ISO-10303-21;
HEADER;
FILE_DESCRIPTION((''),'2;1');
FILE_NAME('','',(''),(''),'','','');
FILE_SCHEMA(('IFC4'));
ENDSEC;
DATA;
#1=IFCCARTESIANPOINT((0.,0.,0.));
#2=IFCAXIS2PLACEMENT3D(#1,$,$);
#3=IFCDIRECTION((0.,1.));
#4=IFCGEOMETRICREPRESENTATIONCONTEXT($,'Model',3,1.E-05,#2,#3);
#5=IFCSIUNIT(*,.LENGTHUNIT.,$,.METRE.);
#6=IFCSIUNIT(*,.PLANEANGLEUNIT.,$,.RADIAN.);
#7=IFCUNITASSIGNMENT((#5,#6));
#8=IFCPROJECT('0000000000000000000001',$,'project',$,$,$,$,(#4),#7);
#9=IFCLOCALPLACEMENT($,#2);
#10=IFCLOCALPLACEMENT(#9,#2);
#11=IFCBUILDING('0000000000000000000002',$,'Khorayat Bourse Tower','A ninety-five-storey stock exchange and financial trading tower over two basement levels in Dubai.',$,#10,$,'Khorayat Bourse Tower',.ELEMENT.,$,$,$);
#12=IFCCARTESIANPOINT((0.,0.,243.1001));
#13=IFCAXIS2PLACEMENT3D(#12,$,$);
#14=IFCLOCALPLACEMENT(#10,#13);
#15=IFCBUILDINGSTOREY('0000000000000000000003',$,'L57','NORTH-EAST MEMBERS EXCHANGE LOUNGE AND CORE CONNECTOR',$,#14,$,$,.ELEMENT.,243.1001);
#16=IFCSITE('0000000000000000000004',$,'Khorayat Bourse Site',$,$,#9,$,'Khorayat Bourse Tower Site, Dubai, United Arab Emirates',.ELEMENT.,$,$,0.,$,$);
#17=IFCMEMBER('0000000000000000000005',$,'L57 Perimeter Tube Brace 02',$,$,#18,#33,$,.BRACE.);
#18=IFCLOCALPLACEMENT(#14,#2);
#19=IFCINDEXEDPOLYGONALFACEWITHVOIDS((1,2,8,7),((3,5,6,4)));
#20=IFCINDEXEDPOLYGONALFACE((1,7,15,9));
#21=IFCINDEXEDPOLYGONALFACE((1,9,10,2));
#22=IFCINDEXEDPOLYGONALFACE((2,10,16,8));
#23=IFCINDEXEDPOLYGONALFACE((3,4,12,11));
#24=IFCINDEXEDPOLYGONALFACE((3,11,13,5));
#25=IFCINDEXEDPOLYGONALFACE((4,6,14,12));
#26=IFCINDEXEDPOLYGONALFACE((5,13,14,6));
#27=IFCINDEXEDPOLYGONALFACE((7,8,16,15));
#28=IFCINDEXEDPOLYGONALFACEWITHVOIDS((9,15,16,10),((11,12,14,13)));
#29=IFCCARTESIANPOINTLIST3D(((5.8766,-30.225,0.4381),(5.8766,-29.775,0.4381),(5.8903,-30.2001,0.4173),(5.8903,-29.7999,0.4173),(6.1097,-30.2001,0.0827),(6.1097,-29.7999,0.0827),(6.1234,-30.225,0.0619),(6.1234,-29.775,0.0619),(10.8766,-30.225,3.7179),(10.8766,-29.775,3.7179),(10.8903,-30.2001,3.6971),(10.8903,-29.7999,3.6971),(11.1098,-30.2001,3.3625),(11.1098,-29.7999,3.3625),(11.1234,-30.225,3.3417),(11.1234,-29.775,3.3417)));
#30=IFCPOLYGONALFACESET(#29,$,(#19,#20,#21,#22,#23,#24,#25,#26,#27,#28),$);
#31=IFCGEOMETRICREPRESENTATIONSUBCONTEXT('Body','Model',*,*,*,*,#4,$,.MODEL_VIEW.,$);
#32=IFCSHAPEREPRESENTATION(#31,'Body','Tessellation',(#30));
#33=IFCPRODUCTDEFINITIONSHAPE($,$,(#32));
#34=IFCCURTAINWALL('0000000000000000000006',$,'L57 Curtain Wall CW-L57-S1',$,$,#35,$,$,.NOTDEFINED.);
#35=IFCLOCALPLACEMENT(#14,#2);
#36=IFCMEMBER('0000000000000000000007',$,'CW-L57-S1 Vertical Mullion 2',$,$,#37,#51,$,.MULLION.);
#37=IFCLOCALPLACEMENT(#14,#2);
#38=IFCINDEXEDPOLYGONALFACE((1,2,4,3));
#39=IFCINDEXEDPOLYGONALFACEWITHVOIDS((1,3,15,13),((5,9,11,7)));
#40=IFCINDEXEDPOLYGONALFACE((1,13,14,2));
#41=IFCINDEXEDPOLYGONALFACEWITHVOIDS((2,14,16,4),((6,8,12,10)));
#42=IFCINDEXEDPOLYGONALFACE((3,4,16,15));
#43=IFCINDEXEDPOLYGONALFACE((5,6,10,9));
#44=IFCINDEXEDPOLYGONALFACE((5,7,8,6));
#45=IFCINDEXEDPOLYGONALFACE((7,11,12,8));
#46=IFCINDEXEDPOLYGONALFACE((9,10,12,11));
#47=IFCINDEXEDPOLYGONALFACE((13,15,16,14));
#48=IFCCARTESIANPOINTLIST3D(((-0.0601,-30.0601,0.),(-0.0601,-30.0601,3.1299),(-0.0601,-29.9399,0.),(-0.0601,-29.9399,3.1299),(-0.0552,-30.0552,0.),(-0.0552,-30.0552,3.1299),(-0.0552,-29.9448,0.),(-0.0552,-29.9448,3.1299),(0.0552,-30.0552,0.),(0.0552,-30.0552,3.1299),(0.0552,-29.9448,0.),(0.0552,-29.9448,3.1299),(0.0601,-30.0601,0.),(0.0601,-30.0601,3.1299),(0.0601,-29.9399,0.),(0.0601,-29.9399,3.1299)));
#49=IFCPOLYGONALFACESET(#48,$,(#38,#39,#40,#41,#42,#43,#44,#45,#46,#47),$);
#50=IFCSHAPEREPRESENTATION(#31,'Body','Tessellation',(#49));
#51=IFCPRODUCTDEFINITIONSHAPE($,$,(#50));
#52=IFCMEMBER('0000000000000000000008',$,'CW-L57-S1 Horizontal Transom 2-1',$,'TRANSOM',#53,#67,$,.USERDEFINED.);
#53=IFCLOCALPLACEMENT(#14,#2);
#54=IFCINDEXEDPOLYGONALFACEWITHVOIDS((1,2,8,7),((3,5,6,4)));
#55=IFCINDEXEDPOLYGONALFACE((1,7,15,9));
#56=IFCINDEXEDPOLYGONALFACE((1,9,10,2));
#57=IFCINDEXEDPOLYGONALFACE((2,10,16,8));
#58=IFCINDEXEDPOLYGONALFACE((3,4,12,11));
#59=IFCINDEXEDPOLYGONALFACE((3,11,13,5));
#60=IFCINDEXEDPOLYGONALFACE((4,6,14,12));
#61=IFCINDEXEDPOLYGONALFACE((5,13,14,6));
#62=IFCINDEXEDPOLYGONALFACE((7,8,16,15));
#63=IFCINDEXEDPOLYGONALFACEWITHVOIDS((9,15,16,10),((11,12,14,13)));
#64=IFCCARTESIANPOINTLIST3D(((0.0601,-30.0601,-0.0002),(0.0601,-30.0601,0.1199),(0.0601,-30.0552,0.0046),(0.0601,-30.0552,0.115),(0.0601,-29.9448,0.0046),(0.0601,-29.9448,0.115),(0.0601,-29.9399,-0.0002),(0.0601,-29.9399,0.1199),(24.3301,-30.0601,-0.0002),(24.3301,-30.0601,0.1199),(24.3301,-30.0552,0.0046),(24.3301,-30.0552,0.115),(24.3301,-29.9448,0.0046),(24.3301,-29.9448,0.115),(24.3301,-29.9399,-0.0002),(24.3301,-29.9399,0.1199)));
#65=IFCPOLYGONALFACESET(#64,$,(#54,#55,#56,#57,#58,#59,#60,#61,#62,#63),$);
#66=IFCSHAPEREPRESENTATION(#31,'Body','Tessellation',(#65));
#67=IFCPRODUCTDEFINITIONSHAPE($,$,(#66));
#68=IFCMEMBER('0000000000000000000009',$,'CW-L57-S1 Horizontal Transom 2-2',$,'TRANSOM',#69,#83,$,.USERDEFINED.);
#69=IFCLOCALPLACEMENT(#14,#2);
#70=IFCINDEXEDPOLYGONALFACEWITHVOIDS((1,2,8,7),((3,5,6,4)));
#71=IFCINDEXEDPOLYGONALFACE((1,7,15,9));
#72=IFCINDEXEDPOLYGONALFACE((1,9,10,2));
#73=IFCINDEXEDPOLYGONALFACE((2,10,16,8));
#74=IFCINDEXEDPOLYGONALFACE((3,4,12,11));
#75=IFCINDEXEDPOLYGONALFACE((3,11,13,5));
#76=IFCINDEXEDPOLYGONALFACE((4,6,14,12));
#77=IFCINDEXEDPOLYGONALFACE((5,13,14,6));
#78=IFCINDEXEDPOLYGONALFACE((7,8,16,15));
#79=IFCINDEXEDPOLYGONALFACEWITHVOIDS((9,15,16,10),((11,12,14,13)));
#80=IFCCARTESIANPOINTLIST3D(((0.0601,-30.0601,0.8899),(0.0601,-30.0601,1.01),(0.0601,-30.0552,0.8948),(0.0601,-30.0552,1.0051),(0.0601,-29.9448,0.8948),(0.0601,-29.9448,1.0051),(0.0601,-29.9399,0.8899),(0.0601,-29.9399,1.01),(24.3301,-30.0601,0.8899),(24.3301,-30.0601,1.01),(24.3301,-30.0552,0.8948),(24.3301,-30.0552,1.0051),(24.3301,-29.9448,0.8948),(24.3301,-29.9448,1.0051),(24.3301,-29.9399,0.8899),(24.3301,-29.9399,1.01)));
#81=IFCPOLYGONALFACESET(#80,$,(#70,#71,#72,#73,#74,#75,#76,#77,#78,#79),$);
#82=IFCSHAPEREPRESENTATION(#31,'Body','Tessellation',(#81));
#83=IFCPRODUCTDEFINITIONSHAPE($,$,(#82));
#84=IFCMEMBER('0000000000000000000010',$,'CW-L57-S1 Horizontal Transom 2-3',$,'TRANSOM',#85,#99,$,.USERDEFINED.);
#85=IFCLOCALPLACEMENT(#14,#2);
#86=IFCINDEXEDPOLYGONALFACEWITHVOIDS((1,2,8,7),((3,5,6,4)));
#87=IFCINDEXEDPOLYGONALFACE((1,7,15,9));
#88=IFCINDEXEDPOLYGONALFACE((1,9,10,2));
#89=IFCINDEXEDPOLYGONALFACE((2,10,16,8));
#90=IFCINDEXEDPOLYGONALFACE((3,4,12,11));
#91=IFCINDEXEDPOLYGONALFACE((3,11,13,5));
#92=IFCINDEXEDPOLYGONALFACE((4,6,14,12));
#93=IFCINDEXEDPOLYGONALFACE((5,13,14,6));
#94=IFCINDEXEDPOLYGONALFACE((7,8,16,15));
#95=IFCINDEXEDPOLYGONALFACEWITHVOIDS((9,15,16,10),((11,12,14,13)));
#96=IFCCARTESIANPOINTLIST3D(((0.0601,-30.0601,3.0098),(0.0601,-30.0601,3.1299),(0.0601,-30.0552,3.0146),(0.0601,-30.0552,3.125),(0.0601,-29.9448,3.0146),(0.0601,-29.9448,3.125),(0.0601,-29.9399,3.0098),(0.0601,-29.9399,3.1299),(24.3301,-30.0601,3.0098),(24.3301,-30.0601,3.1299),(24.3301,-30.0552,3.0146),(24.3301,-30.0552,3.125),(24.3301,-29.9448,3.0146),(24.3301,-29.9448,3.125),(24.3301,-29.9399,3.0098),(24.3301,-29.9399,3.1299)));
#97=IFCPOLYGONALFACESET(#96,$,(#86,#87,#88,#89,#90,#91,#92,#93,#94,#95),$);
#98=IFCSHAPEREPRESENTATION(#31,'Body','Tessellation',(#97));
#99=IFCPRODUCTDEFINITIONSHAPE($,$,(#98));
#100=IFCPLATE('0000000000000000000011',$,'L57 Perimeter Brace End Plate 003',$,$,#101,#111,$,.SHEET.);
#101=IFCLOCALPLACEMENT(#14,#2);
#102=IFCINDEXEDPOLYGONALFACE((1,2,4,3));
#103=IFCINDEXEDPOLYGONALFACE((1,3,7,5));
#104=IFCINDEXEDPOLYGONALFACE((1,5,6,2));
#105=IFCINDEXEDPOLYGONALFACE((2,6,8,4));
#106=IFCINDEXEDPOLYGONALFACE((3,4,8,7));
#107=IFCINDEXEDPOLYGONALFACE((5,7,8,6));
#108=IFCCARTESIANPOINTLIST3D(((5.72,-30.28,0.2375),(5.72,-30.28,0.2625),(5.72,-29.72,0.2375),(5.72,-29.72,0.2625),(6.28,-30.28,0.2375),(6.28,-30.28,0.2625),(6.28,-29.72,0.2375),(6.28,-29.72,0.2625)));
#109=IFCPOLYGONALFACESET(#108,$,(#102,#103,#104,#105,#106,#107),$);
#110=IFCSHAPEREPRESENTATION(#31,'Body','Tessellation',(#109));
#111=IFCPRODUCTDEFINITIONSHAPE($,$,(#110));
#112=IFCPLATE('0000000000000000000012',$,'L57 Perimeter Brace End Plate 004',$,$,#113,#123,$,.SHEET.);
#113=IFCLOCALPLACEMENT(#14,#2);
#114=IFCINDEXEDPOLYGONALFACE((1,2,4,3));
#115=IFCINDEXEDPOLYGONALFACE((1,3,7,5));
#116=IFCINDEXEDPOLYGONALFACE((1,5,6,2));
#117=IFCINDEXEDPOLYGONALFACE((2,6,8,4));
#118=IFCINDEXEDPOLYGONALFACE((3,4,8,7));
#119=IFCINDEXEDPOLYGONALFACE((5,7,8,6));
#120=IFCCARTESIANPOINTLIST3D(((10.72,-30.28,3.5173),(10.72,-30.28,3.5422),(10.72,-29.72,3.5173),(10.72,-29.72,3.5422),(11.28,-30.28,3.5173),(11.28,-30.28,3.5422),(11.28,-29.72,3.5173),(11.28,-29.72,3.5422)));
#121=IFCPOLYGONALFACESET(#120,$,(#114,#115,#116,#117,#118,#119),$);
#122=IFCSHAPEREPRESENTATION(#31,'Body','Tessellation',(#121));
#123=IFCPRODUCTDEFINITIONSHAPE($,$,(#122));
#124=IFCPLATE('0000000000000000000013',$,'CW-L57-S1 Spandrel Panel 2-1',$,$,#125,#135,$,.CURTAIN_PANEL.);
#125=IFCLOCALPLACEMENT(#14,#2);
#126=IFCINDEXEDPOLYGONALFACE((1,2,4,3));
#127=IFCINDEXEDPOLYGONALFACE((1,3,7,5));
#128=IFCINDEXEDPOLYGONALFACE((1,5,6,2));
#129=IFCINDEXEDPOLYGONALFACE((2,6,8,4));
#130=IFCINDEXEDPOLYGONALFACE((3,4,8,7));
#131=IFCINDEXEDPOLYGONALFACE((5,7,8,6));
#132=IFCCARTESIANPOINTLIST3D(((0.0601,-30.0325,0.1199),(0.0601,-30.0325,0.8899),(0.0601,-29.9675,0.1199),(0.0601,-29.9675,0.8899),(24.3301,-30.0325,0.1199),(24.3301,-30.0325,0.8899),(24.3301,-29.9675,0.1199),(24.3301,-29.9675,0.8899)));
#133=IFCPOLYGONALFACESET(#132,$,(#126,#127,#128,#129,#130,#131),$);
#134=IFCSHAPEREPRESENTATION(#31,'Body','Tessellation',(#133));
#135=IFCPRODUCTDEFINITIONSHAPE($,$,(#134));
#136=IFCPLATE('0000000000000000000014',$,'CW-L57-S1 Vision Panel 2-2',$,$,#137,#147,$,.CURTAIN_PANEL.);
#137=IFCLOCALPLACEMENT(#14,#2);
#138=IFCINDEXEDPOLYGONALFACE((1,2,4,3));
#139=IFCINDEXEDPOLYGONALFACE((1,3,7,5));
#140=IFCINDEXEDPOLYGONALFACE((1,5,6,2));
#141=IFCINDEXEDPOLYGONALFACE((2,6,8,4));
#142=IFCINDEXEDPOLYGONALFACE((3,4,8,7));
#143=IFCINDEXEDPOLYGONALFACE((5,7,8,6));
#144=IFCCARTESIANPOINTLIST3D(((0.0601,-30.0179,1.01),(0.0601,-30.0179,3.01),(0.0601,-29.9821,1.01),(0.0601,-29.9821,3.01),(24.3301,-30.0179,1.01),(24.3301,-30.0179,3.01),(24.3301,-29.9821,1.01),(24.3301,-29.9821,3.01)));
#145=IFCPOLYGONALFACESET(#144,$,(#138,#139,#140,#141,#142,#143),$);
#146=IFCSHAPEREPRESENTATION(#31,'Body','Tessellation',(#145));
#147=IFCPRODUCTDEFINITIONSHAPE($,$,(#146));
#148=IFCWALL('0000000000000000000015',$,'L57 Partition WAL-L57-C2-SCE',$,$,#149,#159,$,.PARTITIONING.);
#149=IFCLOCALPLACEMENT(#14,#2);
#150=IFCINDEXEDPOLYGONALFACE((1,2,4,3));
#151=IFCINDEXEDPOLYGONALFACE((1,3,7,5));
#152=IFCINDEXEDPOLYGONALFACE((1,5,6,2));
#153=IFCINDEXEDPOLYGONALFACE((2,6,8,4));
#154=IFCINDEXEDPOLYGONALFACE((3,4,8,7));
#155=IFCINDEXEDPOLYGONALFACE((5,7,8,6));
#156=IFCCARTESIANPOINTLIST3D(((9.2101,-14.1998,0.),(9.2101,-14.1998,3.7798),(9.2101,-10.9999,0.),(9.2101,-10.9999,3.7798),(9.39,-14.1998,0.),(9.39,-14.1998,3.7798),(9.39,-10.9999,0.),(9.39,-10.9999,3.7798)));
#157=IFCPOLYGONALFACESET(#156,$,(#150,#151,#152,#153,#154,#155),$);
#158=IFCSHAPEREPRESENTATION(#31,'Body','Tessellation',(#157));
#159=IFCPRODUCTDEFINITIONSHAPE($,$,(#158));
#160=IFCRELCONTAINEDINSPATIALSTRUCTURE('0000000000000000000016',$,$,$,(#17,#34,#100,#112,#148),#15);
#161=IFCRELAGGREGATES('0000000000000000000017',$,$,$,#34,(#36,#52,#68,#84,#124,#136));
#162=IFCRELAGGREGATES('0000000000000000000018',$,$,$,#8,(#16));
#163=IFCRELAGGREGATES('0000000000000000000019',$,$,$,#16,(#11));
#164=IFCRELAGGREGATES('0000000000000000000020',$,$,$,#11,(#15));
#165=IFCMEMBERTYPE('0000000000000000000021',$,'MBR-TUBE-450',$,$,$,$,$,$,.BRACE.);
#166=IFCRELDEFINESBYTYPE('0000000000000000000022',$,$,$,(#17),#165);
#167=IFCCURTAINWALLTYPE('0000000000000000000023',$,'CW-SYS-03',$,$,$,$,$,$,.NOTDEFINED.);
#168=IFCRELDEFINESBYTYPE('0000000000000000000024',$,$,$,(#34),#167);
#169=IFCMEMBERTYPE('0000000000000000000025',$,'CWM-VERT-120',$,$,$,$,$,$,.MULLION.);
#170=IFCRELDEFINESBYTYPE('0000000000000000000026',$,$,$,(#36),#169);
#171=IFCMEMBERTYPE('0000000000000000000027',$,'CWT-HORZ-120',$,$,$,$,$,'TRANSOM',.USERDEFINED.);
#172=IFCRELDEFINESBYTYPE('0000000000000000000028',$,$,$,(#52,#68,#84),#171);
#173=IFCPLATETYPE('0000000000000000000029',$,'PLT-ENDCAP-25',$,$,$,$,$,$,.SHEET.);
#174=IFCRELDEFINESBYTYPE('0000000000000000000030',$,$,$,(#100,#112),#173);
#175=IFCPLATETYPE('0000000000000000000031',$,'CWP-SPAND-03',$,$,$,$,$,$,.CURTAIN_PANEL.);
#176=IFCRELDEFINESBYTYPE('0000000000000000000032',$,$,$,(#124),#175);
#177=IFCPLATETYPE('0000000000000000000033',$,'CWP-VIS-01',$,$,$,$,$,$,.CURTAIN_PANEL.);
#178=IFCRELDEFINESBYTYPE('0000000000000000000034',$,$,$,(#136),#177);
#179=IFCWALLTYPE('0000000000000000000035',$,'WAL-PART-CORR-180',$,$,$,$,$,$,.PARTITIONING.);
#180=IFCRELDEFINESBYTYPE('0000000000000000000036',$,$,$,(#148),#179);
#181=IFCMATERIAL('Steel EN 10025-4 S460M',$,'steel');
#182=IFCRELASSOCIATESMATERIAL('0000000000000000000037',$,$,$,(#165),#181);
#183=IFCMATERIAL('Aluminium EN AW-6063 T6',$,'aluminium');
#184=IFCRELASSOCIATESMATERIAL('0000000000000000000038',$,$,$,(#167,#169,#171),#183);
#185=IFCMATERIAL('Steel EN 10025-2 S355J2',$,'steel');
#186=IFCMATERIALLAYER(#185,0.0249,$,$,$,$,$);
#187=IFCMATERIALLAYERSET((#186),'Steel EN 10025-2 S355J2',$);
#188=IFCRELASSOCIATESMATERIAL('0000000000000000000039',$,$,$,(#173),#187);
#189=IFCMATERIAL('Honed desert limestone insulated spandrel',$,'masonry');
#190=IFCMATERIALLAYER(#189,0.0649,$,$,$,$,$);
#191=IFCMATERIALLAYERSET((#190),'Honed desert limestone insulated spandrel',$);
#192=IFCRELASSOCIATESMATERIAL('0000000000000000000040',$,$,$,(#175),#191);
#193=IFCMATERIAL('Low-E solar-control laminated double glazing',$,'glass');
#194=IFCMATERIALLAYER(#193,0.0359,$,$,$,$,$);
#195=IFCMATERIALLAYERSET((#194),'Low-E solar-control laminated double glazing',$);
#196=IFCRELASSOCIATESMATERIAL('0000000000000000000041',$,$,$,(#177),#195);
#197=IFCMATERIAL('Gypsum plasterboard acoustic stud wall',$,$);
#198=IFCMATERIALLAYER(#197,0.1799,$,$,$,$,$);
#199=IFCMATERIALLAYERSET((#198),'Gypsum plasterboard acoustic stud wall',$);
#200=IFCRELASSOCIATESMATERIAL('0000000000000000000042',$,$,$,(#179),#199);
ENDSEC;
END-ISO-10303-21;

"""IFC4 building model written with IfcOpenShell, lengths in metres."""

from ifc_helpers import new_model, si_unit, direction, frame, frame_2d, origin, origin_2d, place, context, subcontext, project, spatial, rectangle, hollow_rectangle, extrude, source, transform, mapped, material, layer, layer_set, material_profile, profile_set, type_object, element, aggregate, save


model = new_model("IFC4")

# Units and contexts
model_context = context("Model", 3, precision=1e-05, world=origin(), true_north=direction((0.0, 1.0)))
body_context = subcontext(model_context, "Body", "Model", "MODEL_VIEW")
ifc_project = project(units=[si_unit("LENGTHUNIT", "METRE"), si_unit("PLANEANGLEUNIT", "RADIAN")], contexts=[model_context])

# Site, building, storey
site_placement = place(None, origin())
site = spatial("IfcSite", under=ifc_project, at=site_placement, Name="Khorayat Bourse Site", LongName="Khorayat Bourse Tower Site, Dubai, United Arab Emirates", CompositionType="ELEMENT", RefElevation=0.0)
building_placement = place(site_placement, origin())
building = spatial("IfcBuilding", under=site, at=building_placement, Name="Khorayat Bourse Tower", Description="A ninety-five-storey stock exchange and financial trading tower over two basement levels in Dubai.", LongName="Khorayat Bourse Tower", CompositionType="ELEMENT")
storey_placement = place(building_placement, frame((0.0, 0.0, 243.1001)))
storey = spatial("IfcBuildingStorey", under=building, at=storey_placement, Name="L57", Description="NORTH-EAST MEMBERS EXCHANGE LOUNGE AND CORE CONNECTOR", CompositionType="ELEMENT", Elevation=243.1001)

# Shared definitions
ifc_material_1 = material(Name="Steel EN 10025-4 S460M", Category="steel")

# Member
ifc_material_profile_1 = material_profile(ifc_material_1, hollow_rectangle(XDim=0.45, YDim=0.45, WallThickness=0.0249, at=origin_2d()), Name="HSS 450x450x25")
ifc_profile_set_1 = profile_set([ifc_material_profile_1], Name="Steel EN 10025-4 S460M")
member_type_1 = type_object("IfcMemberType", Name="MBR-TUBE-450", PredefinedType="BRACE", material=ifc_profile_set_1)
shared_shape_1 = source(origin(), body_context, "Body", "SweptSolid", [
    extrude(hollow_rectangle(XDim=0.45, YDim=0.45, WallThickness=0.0249, at=origin_2d()), origin(), (0.0, 0.0, 1.0), 5.9797),
])
member_1_placement = place(storey_placement, frame((6.0, -30.0, 0.25), z_axis=(0.83616, 0.0, 0.548485), x_axis=(0.0, 1.0, 0.0)))
element("IfcMember", 1, at=member_1_placement, inside=storey, type_object=member_type_1, Name="L57 Perimeter Tube Brace 02", PredefinedType="BRACE", context=body_context, shape_type="MappedRepresentation", body=[
    mapped(shared_shape_1, transform((0.0, 0.0, 0.0), scale=1.0)),
])

# Curtain wall, members
ifc_material_2 = material(Name="Aluminium EN AW-6063 T6", Category="aluminium")
curtain_wall_type = type_object("IfcCurtainWallType", Name="CW-SYS-03", PredefinedType="NOTDEFINED", material=ifc_material_2)
curtain_wall_placement = place(storey_placement, origin())
curtain_wall = element("IfcCurtainWall", 2, at=curtain_wall_placement, inside=storey, type_object=curtain_wall_type, Name="L57 Curtain Wall CW-L57-S1", PredefinedType="NOTDEFINED")
ifc_material_profile_2 = material_profile(ifc_material_2, hollow_rectangle(XDim=0.1201, YDim=0.1201, WallThickness=0.0049, at=origin_2d()), Name="ALU 120x120x5")
ifc_profile_set_2 = profile_set([ifc_material_profile_2], Name="Aluminium EN AW-6063 T6")
member_type_2 = type_object("IfcMemberType", Name="CWM-VERT-120", PredefinedType="MULLION", material=ifc_profile_set_2)
shared_shape_2 = source(origin(), body_context, "Body", "SweptSolid", [
    extrude(hollow_rectangle(XDim=0.1201, YDim=0.1201, WallThickness=0.0049, at=origin_2d()), origin(), (0.0, 0.0, 1.0), 3.1299),
])
member_2_placement = place(storey_placement, frame((0.0, -30.0, 0.0), z_axis=(0.0, 0.0, 1.0), x_axis=(0.0, 1.0, 0.0)))
member_2 = element("IfcMember", 3, at=member_2_placement, type_object=member_type_2, Name="CW-L57-S1 Vertical Mullion 2", PredefinedType="MULLION", context=body_context, shape_type="MappedRepresentation", body=[
    mapped(shared_shape_2, transform((0.0, 0.0, 0.0), scale=1.0)),
])
ifc_material_profile_3 = material_profile(ifc_material_2, hollow_rectangle(XDim=0.1201, YDim=0.1201, WallThickness=0.0049, at=origin_2d()), Name="ALU 120x120x5")
ifc_profile_set_3 = profile_set([ifc_material_profile_3], Name="Aluminium EN AW-6063 T6")
member_type_3 = type_object("IfcMemberType", Name="CWT-HORZ-120", ElementType="TRANSOM", PredefinedType="USERDEFINED", material=ifc_profile_set_3)
shared_shape_3 = source(origin(), body_context, "Body", "SweptSolid", [
    extrude(hollow_rectangle(XDim=0.1201, YDim=0.1201, WallThickness=0.0049, at=origin_2d()), origin(), (0.0, 0.0, 1.0), 24.27),
])
member_3_placement = place(storey_placement, frame((0.0601, -30.0, 0.0598), z_axis=(1.0, 0.0, 0.0), x_axis=(0.0, 1.0, 0.0)))
member_3 = element("IfcMember", 4, at=member_3_placement, type_object=member_type_3, Name="CW-L57-S1 Horizontal Transom 2-1", ObjectType="TRANSOM", PredefinedType="USERDEFINED", context=body_context, shape_type="MappedRepresentation", body=[
    mapped(shared_shape_3, transform((0.0, 0.0, 0.0), scale=1.0)),
])
member_4_placement = place(storey_placement, frame((0.0601, -30.0, 0.95), z_axis=(1.0, 0.0, 0.0), x_axis=(0.0, 1.0, 0.0)))
member_4 = element("IfcMember", 5, at=member_4_placement, type_object=member_type_3, Name="CW-L57-S1 Horizontal Transom 2-2", ObjectType="TRANSOM", PredefinedType="USERDEFINED", context=body_context, shape_type="MappedRepresentation", body=[
    mapped(shared_shape_3, transform((0.0, 0.0, 0.0), scale=1.0)),
])
member_5_placement = place(storey_placement, frame((0.0601, -30.0, 3.0698), z_axis=(1.0, 0.0, 0.0), x_axis=(0.0, 1.0, 0.0)))
member_5 = element("IfcMember", 6, at=member_5_placement, type_object=member_type_3, Name="CW-L57-S1 Horizontal Transom 2-3", ObjectType="TRANSOM", PredefinedType="USERDEFINED", context=body_context, shape_type="MappedRepresentation", body=[
    mapped(shared_shape_3, transform((0.0, 0.0, 0.0), scale=1.0)),
])

# Plates
ifc_material_3 = material(Name="Steel EN 10025-2 S355J2", Category="steel")
ifc_layer_1 = layer(ifc_material_3, 0.0249)
ifc_layer_set_1 = layer_set([ifc_layer_1], Name="Steel EN 10025-2 S355J2")
plate_type_1 = type_object("IfcPlateType", Name="PLT-ENDCAP-25", PredefinedType="SHEET", material=ifc_layer_set_1)
shared_shape_4 = source(origin(), body_context, "Body", "SweptSolid", [
    extrude(rectangle(XDim=0.5601, YDim=0.5601, at=origin_2d()), origin(), (0.0, 0.0, 1.0), 0.0249),
])
for number, where, z_axis, x_axis, name in (
    (7, (6.0, -30.0, 0.2375), (0.0, 0.0, 1.0), (1.0, 0.0, 0.0), "L57 Perimeter Brace End Plate 003"),
    (8, (11.0, -30.0, 3.5173), (0.0, 0.0, 1.0), (1.0, 0.0, 0.0), "L57 Perimeter Brace End Plate 004"),
):
    element("IfcPlate", number, at=place(storey_placement, frame(where, z_axis=z_axis, x_axis=x_axis)), inside=storey, type_object=plate_type_1, Name=name, PredefinedType="SHEET", context=body_context, shape_type="MappedRepresentation", body=[
        mapped(shared_shape_4, transform((0.0, 0.0, 0.0), scale=1.0)),
    ])

# Plates
ifc_material_4 = material(Name="Honed desert limestone insulated spandrel", Category="masonry")
ifc_layer_2 = layer(ifc_material_4, 0.0649)
ifc_layer_set_2 = layer_set([ifc_layer_2], Name="Honed desert limestone insulated spandrel")
plate_type_2 = type_object("IfcPlateType", Name="CWP-SPAND-03", PredefinedType="CURTAIN_PANEL", material=ifc_layer_set_2)
shared_shape_5 = source(origin(), body_context, "Body", "SweptSolid", [
    extrude(rectangle(XDim=24.27, YDim=0.0649, at=origin_2d()), origin(), (0.0, 0.0, 1.0), 0.77),
])
plate_1_placement = place(storey_placement, frame((12.1951, -30.0, 0.1199), z_axis=(0.0, 0.0, 1.0), x_axis=(1.0, 0.0, 0.0)))
plate_1 = element("IfcPlate", 9, at=plate_1_placement, type_object=plate_type_2, Name="CW-L57-S1 Spandrel Panel 2-1", PredefinedType="CURTAIN_PANEL", context=body_context, shape_type="MappedRepresentation", body=[
    mapped(shared_shape_5, transform((0.0, 0.0, 0.0), scale=1.0)),
])
ifc_material_5 = material(Name="Low-E solar-control laminated double glazing", Category="glass")
ifc_layer_3 = layer(ifc_material_5, 0.0359)
ifc_layer_set_3 = layer_set([ifc_layer_3], Name="Low-E solar-control laminated double glazing")
plate_type_3 = type_object("IfcPlateType", Name="CWP-VIS-01", PredefinedType="CURTAIN_PANEL", material=ifc_layer_set_3)
shared_shape_6 = source(origin(), body_context, "Body", "SweptSolid", [
    extrude(rectangle(XDim=24.27, YDim=0.0359, at=origin_2d()), origin(), (0.0, 0.0, 1.0), 2.0),
])
plate_2_placement = place(storey_placement, frame((12.1951, -30.0, 1.01), z_axis=(0.0, 0.0, 1.0), x_axis=(1.0, 0.0, 0.0)))
plate_2 = element("IfcPlate", 10, at=plate_2_placement, type_object=plate_type_3, Name="CW-L57-S1 Vision Panel 2-2", PredefinedType="CURTAIN_PANEL", context=body_context, shape_type="MappedRepresentation", body=[
    mapped(shared_shape_6, transform((0.0, 0.0, 0.0), scale=1.0)),
])
aggregate(curtain_wall, [member_2, member_3, member_4, member_5, plate_1, plate_2])

# Wall
ifc_material_6 = material(Name="Gypsum plasterboard acoustic stud wall")
ifc_layer_4 = layer(ifc_material_6, 0.1799)
ifc_layer_set_4 = layer_set([ifc_layer_4], Name="Gypsum plasterboard acoustic stud wall")
wall_type = type_object("IfcWallType", Name="WAL-PART-CORR-180", PredefinedType="PARTITIONING", material=ifc_layer_set_4)
shared_shape_7 = source(origin(), body_context, "Body", "SweptSolid", [
    extrude(rectangle(XDim=3.2, YDim=0.1799, at=frame_2d((1.6001, 0.0))), origin(), (0.0, 0.0, 1.0), 3.7798),
])
wall_1_placement = place(storey_placement, frame((9.3, -14.2, 0.0), z_axis=(0.0, 0.0, 1.0), x_axis=(0.0, 1.0, 0.0)))
element("IfcWall", 11, at=wall_1_placement, inside=storey, type_object=wall_type, Name="L57 Partition WAL-L57-C2-SCE", PredefinedType="PARTITIONING", context=body_context, shape_type="MappedRepresentation", body=[
    mapped(shared_shape_7, transform((0.0, 0.0, 0.0), scale=1.0)),
])

save(model, "model.ifc")
